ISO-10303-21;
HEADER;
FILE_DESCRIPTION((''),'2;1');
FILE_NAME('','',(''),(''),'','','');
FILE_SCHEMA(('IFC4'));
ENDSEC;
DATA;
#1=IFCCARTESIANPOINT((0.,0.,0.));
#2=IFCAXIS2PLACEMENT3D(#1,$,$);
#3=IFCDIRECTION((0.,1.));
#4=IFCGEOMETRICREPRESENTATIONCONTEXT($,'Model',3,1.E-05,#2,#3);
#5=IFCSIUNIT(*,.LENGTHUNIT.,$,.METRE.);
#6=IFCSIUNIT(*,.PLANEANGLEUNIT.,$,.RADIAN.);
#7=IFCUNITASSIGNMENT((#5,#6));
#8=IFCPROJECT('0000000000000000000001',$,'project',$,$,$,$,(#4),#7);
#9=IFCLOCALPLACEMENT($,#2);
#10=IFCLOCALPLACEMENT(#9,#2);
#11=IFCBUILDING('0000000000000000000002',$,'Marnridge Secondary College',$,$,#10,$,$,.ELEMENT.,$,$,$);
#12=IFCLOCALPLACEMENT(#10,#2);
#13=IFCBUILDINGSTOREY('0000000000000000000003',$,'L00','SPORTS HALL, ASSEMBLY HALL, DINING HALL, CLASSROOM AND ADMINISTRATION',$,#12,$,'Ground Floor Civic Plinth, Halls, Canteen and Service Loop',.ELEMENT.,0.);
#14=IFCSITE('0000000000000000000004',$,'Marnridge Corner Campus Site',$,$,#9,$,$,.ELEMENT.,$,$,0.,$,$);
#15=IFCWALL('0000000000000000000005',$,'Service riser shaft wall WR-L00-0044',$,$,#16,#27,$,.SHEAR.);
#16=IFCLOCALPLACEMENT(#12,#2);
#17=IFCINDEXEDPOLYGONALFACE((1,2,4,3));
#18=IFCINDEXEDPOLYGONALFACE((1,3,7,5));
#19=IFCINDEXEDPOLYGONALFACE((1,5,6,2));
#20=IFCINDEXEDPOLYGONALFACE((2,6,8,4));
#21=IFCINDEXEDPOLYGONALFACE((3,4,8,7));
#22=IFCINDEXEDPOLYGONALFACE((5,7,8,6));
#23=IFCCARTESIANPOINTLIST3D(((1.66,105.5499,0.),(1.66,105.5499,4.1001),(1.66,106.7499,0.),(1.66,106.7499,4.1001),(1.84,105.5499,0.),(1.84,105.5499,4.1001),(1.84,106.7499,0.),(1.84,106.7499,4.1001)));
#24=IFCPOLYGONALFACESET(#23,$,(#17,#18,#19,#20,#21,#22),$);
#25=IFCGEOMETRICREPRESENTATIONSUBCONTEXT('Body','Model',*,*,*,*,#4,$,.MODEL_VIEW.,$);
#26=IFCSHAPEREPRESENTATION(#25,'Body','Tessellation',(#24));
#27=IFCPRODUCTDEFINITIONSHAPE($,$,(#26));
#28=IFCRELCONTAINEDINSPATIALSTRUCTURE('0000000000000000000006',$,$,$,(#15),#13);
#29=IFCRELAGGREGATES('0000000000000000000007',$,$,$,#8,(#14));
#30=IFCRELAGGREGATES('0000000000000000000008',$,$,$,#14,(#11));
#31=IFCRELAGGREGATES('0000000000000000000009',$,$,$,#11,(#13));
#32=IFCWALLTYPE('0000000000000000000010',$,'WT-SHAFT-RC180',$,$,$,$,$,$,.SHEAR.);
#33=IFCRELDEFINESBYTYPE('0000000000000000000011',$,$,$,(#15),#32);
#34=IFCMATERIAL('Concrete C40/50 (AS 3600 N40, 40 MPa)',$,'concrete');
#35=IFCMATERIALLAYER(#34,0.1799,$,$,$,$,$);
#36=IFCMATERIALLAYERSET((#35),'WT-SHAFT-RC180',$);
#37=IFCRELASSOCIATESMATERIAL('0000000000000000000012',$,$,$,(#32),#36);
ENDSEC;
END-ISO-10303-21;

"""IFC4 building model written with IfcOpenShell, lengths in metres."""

from ifc_helpers import new_model, si_unit, direction, frame, frame_2d, origin, place, context, subcontext, project, spatial, rectangle, extrude, material, layer, layer_set, type_object, element, save


model = new_model("IFC4")

# Units and contexts
model_context = context("Model", 3, precision=1e-05, world=origin(), true_north=direction((0.0, 1.0)))
body_context = subcontext(model_context, "Body", "Model", "MODEL_VIEW")
ifc_project = project(units=[si_unit("LENGTHUNIT", "METRE"), si_unit("PLANEANGLEUNIT", "RADIAN")], contexts=[model_context])

# Site, building, storey
site_placement = place(None, origin())
site = spatial("IfcSite", under=ifc_project, at=site_placement, Name="Marnridge Corner Campus Site", CompositionType="ELEMENT", RefElevation=0.0)
building_placement = place(site_placement, origin())
building = spatial("IfcBuilding", under=site, at=building_placement, Name="Marnridge Secondary College", CompositionType="ELEMENT")
storey_placement = place(building_placement, origin())
storey = spatial("IfcBuildingStorey", under=building, at=storey_placement, Name="L00", Description="SPORTS HALL, ASSEMBLY HALL, DINING HALL, CLASSROOM AND ADMINISTRATION", LongName="Ground Floor Civic Plinth, Halls, Canteen and Service Loop", CompositionType="ELEMENT", Elevation=0.0)

# Wall
ifc_material_1 = material(Name="Concrete C40/50 (AS 3600 N40, 40 MPa)", Category="concrete")
ifc_layer_1 = layer(ifc_material_1, 0.1799)
ifc_layer_set_1 = layer_set([ifc_layer_1], Name="WT-SHAFT-RC180")
wall_type = type_object("IfcWallType", Name="WT-SHAFT-RC180", PredefinedType="SHEAR", material=ifc_layer_set_1)
for number, where, z_axis, x_axis, name in (
    (1, (1.75, 106.75, 0.0), (0.0, 0.0, 1.0), (0.0, -1.0, 0.0), "Service riser shaft wall WR-L00-0044"),
):
    element("IfcWall", number, at=place(storey_placement, frame(where, z_axis=z_axis, x_axis=x_axis)), inside=storey, type_object=wall_type, Name=name, PredefinedType="SHEAR", context=body_context, shape_type="SweptSolid", body=[
        extrude(rectangle(XDim=1.2, YDim=0.1799, at=frame_2d((0.6001, 0.0))), origin(), (0.0, 0.0, 1.0), 4.1001),
    ])

save(model, "model.ifc")
